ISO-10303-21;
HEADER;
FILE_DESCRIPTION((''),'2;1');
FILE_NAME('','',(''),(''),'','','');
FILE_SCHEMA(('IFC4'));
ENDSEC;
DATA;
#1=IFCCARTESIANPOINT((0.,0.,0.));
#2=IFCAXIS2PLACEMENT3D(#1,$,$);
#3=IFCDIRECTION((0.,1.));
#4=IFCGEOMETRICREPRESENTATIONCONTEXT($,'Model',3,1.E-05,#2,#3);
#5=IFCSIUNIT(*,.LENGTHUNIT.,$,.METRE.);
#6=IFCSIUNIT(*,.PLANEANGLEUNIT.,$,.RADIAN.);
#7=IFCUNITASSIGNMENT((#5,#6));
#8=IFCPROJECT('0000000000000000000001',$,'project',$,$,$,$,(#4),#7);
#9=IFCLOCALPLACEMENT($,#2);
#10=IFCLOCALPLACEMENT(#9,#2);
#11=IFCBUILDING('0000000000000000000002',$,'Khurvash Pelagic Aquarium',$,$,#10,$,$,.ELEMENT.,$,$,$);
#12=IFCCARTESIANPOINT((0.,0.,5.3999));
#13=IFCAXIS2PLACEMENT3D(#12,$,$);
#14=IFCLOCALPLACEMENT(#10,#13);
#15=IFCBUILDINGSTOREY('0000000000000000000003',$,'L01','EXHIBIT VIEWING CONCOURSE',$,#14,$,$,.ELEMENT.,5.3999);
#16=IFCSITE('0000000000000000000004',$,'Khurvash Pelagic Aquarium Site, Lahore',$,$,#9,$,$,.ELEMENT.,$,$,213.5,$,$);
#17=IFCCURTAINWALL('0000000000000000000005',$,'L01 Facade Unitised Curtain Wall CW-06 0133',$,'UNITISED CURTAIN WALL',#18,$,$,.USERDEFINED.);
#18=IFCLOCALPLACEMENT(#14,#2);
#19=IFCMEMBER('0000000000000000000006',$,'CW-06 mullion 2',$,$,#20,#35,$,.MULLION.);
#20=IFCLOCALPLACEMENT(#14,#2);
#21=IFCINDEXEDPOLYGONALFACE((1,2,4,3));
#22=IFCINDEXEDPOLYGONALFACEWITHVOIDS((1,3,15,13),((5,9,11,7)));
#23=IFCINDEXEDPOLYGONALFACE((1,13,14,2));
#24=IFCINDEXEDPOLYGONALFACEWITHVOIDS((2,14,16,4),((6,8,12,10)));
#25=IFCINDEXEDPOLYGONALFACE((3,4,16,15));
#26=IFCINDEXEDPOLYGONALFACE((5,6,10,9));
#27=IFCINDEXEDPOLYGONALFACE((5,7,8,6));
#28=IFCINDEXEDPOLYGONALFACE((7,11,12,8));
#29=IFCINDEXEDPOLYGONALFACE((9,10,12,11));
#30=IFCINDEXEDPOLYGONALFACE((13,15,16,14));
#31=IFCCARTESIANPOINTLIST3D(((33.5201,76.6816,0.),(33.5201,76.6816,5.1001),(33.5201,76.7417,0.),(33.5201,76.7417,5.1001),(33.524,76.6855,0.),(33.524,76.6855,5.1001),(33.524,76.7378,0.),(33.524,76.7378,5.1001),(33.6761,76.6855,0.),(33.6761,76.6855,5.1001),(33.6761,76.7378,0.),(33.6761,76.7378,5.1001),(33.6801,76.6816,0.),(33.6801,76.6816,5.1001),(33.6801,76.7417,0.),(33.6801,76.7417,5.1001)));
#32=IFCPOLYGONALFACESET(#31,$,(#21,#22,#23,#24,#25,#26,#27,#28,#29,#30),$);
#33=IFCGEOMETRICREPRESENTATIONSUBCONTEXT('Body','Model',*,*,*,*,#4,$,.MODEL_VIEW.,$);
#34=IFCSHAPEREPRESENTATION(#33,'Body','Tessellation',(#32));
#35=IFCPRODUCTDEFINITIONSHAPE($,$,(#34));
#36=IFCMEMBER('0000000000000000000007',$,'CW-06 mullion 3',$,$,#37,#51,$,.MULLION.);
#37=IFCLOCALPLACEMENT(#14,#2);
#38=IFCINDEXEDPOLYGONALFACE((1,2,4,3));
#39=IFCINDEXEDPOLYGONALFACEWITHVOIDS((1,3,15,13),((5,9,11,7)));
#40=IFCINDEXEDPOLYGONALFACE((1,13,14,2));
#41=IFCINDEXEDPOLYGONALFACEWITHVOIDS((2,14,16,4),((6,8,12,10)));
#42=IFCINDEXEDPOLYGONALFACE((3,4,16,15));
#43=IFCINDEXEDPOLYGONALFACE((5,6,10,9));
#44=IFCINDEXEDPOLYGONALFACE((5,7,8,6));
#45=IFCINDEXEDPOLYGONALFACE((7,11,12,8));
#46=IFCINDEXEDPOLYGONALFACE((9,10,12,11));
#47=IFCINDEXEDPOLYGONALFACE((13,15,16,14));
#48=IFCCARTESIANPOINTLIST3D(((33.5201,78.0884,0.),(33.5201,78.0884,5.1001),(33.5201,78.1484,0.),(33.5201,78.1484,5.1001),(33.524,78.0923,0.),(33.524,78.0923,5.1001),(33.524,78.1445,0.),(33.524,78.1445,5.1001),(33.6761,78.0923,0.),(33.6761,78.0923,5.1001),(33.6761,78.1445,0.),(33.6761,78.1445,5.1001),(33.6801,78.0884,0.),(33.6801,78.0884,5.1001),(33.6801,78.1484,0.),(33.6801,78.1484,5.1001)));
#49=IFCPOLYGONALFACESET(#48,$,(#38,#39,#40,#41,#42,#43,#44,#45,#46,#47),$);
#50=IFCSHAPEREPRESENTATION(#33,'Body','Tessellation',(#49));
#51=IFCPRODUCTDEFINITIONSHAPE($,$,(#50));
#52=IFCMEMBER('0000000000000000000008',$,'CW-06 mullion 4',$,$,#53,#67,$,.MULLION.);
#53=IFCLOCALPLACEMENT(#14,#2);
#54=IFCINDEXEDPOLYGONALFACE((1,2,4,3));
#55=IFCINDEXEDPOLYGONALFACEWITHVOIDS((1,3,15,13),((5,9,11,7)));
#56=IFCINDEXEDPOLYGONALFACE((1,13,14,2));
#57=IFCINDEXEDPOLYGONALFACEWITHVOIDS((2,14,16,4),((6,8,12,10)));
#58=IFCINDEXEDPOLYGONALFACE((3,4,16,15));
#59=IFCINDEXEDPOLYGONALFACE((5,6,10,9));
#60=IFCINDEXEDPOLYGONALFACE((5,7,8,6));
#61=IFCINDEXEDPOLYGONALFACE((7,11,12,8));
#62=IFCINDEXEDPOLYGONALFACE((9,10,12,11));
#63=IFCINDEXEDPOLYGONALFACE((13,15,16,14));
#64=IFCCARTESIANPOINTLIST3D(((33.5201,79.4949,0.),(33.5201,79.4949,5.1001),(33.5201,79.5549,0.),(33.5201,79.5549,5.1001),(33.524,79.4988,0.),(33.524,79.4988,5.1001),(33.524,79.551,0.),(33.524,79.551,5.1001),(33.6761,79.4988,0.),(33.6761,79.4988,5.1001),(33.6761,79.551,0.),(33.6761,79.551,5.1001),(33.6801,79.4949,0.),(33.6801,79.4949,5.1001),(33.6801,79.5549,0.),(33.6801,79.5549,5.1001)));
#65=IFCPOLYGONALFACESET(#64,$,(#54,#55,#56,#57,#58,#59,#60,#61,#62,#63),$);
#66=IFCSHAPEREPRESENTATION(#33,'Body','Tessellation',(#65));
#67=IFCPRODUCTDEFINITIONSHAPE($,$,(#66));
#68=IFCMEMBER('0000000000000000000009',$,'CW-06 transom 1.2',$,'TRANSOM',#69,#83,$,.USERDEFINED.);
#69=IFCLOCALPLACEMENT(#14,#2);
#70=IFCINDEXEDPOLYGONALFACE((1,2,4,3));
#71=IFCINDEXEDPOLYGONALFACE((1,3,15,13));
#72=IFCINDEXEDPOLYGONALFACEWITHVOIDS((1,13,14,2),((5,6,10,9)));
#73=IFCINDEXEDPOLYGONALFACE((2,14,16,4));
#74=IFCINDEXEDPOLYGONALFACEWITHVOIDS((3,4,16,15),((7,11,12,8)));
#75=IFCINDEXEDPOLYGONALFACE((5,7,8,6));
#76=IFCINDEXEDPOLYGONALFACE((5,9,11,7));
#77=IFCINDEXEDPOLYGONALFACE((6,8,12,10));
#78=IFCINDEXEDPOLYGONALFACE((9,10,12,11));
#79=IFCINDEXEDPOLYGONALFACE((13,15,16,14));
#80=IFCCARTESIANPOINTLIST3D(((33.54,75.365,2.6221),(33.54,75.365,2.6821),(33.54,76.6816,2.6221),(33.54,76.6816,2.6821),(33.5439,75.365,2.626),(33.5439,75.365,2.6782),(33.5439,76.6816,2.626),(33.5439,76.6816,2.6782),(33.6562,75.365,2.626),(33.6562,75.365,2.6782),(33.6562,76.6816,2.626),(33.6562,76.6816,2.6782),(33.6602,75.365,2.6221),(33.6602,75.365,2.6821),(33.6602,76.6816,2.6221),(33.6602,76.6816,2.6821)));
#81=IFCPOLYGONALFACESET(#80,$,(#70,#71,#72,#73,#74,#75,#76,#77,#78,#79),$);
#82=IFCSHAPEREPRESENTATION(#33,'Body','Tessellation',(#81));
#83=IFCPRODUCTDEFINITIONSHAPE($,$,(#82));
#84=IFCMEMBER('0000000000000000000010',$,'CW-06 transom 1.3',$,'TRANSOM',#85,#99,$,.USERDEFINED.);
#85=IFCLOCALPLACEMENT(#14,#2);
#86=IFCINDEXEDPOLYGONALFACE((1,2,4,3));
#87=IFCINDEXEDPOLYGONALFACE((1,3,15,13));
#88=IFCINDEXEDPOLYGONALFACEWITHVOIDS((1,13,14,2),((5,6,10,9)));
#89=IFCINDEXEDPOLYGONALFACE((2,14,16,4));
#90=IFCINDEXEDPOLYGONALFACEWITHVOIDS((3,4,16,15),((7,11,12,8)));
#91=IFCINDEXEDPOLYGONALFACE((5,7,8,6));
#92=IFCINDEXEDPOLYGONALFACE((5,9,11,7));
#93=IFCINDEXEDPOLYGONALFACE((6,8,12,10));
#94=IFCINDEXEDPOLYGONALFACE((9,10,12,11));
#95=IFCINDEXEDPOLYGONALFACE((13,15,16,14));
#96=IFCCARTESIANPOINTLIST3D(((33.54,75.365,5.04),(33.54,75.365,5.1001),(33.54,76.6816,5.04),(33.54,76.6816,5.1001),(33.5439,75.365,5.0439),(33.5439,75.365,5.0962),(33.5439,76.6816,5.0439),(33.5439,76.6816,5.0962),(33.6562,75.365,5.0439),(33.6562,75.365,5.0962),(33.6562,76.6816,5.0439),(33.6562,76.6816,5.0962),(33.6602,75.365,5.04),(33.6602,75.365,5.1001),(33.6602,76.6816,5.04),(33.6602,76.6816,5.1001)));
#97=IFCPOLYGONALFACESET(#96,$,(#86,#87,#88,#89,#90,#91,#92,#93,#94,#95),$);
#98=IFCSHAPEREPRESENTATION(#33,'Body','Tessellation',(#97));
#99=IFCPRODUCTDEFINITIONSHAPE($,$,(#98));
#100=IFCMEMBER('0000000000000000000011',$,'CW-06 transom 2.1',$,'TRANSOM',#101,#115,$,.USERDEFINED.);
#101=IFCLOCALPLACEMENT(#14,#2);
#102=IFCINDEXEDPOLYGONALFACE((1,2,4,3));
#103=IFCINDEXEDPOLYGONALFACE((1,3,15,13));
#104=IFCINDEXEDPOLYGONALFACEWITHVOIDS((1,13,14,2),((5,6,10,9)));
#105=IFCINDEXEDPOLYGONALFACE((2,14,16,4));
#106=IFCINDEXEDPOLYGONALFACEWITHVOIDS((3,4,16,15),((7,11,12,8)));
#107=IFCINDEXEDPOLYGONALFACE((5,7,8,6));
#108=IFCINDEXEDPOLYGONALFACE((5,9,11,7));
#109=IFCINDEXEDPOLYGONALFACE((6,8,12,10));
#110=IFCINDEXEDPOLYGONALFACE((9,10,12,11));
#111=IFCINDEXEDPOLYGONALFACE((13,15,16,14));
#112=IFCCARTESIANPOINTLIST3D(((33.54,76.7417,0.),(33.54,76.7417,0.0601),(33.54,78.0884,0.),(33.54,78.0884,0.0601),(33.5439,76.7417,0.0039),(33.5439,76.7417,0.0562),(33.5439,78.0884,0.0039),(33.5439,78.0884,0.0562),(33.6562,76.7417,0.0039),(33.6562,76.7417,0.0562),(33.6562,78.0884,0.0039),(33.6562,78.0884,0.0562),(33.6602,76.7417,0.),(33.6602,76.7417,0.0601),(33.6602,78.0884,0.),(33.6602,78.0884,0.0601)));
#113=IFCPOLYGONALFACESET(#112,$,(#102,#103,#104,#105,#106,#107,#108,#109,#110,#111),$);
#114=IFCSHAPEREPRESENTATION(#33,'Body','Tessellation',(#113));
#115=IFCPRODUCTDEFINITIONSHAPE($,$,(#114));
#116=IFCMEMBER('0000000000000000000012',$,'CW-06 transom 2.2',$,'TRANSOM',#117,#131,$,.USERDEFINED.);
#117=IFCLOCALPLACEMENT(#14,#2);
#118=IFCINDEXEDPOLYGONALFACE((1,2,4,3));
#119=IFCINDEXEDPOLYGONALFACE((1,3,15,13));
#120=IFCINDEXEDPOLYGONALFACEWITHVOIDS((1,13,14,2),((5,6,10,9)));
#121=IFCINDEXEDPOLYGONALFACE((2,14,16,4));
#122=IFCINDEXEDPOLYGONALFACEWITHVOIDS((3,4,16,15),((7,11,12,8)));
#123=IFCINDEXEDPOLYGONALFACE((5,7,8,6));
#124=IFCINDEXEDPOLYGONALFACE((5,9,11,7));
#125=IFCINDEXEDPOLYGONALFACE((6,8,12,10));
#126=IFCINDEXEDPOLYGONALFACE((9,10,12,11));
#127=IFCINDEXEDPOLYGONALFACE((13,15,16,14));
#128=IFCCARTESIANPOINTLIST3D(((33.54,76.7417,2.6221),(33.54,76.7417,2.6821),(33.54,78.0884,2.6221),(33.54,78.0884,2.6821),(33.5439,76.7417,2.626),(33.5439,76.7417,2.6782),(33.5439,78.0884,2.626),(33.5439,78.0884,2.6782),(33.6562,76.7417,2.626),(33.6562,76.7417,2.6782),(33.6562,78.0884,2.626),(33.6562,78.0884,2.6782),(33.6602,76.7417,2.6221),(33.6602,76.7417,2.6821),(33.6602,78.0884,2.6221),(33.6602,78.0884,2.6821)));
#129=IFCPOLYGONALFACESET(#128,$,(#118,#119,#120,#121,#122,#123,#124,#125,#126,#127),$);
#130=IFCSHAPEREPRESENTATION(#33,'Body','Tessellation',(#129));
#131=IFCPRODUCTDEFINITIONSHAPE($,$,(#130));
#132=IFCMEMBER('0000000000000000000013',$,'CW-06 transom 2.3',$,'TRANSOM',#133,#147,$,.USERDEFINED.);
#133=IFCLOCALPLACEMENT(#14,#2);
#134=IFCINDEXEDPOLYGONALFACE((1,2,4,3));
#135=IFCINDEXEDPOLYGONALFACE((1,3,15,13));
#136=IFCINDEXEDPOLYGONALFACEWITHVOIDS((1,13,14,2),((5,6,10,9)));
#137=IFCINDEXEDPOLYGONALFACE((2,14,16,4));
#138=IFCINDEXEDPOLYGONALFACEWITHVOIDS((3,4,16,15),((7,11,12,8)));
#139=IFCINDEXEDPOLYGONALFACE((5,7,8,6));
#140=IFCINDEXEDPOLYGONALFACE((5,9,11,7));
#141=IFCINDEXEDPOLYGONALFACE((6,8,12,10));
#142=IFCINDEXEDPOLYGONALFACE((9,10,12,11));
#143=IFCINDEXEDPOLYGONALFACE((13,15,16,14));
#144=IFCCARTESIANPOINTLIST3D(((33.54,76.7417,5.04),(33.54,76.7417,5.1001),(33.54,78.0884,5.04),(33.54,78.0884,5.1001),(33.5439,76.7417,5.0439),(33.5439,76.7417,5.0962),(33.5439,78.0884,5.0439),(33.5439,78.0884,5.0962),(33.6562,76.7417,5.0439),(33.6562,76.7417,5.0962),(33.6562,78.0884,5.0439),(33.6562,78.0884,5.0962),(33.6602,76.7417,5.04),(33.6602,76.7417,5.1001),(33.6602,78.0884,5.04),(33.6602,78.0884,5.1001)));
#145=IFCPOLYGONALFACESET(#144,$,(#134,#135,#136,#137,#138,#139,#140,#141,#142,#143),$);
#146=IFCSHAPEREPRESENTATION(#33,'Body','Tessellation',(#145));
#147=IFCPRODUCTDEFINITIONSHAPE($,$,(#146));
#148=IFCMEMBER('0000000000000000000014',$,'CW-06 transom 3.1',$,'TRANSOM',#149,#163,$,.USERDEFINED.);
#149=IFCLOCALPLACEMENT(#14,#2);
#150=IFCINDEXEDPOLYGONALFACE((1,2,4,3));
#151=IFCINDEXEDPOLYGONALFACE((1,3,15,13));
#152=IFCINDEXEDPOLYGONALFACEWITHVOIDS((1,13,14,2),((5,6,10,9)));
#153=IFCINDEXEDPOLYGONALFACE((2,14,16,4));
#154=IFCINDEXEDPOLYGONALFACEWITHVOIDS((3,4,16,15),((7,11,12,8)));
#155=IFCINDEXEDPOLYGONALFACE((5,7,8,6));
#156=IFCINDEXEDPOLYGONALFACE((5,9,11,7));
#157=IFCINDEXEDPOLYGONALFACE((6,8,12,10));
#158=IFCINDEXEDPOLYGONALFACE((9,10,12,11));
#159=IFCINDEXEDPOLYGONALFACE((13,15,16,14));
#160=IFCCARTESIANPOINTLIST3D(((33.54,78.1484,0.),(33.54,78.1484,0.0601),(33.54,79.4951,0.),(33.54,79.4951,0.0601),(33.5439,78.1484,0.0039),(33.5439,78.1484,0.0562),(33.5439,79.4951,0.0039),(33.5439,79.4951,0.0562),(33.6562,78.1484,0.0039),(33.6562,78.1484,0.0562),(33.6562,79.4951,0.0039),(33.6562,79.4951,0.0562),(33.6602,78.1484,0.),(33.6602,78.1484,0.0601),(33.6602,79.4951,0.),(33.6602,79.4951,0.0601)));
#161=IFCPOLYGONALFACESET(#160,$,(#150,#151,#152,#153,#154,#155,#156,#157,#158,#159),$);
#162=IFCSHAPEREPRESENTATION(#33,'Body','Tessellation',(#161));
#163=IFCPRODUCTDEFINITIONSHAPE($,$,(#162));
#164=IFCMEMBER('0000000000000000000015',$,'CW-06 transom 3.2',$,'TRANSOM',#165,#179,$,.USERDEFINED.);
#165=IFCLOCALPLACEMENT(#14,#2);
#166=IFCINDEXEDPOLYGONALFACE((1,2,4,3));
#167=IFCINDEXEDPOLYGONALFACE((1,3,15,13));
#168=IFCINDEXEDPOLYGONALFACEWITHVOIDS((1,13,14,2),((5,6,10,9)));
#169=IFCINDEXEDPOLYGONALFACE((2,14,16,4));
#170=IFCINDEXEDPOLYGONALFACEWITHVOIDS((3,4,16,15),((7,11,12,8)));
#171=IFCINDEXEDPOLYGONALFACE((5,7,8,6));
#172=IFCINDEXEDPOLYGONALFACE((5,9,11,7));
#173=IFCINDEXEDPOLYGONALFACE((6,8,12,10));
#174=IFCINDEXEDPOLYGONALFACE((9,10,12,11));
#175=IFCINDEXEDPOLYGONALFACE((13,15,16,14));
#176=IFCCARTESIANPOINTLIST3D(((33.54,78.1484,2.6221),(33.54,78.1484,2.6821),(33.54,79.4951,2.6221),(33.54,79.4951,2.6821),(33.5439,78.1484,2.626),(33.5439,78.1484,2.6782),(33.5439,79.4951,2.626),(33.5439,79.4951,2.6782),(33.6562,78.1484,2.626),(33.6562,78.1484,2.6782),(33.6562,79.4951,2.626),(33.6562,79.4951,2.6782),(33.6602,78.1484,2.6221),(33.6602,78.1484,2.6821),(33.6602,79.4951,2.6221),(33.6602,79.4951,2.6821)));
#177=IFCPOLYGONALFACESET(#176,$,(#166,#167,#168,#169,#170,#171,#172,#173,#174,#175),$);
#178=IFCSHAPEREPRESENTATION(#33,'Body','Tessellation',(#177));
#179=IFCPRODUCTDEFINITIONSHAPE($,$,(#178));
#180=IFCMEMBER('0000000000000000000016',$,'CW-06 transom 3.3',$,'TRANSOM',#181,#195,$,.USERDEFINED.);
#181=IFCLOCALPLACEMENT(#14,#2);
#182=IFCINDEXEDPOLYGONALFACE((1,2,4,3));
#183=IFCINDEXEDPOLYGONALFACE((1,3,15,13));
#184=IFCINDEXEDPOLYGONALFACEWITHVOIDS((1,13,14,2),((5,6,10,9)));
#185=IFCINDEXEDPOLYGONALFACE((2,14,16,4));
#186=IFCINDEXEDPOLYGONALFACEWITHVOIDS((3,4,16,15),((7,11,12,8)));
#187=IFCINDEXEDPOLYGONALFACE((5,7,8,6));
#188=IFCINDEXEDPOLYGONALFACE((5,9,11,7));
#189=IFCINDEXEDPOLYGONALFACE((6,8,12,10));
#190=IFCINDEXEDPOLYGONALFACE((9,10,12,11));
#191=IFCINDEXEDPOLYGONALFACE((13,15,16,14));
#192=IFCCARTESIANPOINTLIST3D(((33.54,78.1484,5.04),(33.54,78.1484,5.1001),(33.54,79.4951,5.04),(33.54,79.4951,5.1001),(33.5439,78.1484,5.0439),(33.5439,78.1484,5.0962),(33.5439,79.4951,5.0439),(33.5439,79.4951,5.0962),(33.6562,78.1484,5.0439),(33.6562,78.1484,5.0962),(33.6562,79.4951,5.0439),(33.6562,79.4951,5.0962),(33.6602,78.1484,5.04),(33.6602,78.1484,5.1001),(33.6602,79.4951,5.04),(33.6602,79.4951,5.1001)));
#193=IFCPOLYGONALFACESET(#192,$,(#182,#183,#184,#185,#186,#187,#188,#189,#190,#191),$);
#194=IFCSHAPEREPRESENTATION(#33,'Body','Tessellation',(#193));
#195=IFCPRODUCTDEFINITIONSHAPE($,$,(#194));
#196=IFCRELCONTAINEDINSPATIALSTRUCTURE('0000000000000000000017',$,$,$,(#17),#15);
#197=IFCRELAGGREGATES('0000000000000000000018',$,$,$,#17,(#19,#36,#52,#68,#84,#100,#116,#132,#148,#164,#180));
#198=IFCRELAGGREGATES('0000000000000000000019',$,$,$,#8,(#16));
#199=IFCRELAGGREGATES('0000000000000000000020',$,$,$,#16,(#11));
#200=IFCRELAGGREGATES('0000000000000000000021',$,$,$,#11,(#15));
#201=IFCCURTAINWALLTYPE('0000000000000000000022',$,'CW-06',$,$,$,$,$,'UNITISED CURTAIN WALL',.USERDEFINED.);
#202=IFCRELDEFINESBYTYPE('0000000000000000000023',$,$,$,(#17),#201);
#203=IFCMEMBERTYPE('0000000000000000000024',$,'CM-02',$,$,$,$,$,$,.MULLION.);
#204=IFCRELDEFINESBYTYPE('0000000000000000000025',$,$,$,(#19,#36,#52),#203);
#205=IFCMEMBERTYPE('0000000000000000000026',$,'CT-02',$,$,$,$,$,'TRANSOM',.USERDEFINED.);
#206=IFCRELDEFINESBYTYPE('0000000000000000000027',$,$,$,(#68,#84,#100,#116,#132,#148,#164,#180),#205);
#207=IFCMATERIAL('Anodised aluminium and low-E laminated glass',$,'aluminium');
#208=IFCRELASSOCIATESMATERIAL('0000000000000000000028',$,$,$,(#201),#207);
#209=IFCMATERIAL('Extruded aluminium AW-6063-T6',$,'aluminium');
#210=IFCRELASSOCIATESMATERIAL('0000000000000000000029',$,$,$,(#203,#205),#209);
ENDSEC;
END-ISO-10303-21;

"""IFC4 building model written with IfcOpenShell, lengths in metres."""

from ifc_helpers import new_model, si_unit, direction, frame, origin, origin_2d, place, context, subcontext, project, spatial, hollow_rectangle, extrude, material, material_profile, profile_set, type_object, element, aggregate, save


model = new_model("IFC4")

# Units and contexts
model_context = context("Model", 3, precision=1e-05, world=origin(), true_north=direction((0.0, 1.0)))
body_context = subcontext(model_context, "Body", "Model", "MODEL_VIEW")
ifc_project = project(units=[si_unit("LENGTHUNIT", "METRE"), si_unit("PLANEANGLEUNIT", "RADIAN")], contexts=[model_context])

# Site, building, storey
site_placement = place(None, origin())
site = spatial("IfcSite", under=ifc_project, at=site_placement, Name="Khurvash Pelagic Aquarium Site, Lahore", CompositionType="ELEMENT", RefElevation=213.5)
building_placement = place(site_placement, origin())
building = spatial("IfcBuilding", under=site, at=building_placement, Name="Khurvash Pelagic Aquarium", CompositionType="ELEMENT")
storey_placement = place(building_placement, frame((0.0, 0.0, 5.3999)))
storey = spatial("IfcBuildingStorey", under=building, at=storey_placement, Name="L01", Description="EXHIBIT VIEWING CONCOURSE", CompositionType="ELEMENT", Elevation=5.3999)

# Curtain wall, members
ifc_material_1 = material(Name="Anodised aluminium and low-E laminated glass", Category="aluminium")
curtain_wall_type = type_object("IfcCurtainWallType", Name="CW-06", ElementType="UNITISED CURTAIN WALL", PredefinedType="USERDEFINED", material=ifc_material_1)
curtain_wall_placement = place(storey_placement, origin())
curtain_wall = element("IfcCurtainWall", 1, at=curtain_wall_placement, inside=storey, type_object=curtain_wall_type, Name="L01 Facade Unitised Curtain Wall CW-06 0133", ObjectType="UNITISED CURTAIN WALL", PredefinedType="USERDEFINED")
ifc_material_2 = material(Name="Extruded aluminium AW-6063-T6", Category="aluminium")
ifc_material_profile_1 = material_profile(ifc_material_2, hollow_rectangle(XDim=0.0601, YDim=0.1599, WallThickness=0.0039, at=origin_2d()), Name="CWM60X160X4")
ifc_profile_set_1 = profile_set([ifc_material_profile_1], Name="Extruded aluminium AW-6063-T6")
member_type_1 = type_object("IfcMemberType", Name="CM-02", PredefinedType="MULLION", material=ifc_profile_set_1)
member_1_placement = place(storey_placement, frame((33.6001, 76.7117, 0.0), z_axis=(0.0, 0.0, 1.0), x_axis=(0.0, 1.0, 0.0)))
member_1 = element("IfcMember", 2, at=member_1_placement, type_object=member_type_1, Name="CW-06 mullion 2", PredefinedType="MULLION", context=body_context, shape_type="SweptSolid", body=[
    extrude(hollow_rectangle(XDim=0.0601, YDim=0.1599, WallThickness=0.0039, at=origin_2d()), origin(), (0.0, 0.0, 1.0), 5.1001),
])
member_2_placement = place(storey_placement, frame((33.6001, 78.1184, 0.0), z_axis=(0.0, 0.0, 1.0), x_axis=(0.0, 1.0, 0.0)))
member_2 = element("IfcMember", 3, at=member_2_placement, type_object=member_type_1, Name="CW-06 mullion 3", PredefinedType="MULLION", context=body_context, shape_type="SweptSolid", body=[
    extrude(hollow_rectangle(XDim=0.0601, YDim=0.1599, WallThickness=0.0039, at=origin_2d()), origin(), (0.0, 0.0, 1.0), 5.1001),
])
member_3_placement = place(storey_placement, frame((33.6001, 79.5249, 0.0), z_axis=(0.0, 0.0, 1.0), x_axis=(0.0, 1.0, 0.0)))
member_3 = element("IfcMember", 4, at=member_3_placement, type_object=member_type_1, Name="CW-06 mullion 4", PredefinedType="MULLION", context=body_context, shape_type="SweptSolid", body=[
    extrude(hollow_rectangle(XDim=0.0601, YDim=0.1599, WallThickness=0.0039, at=origin_2d()), origin(), (0.0, 0.0, 1.0), 5.1001),
])
ifc_material_profile_2 = material_profile(ifc_material_2, hollow_rectangle(XDim=0.1201, YDim=0.0601, WallThickness=0.0039, at=origin_2d()), Name="CWT120X60X4")
ifc_profile_set_2 = profile_set([ifc_material_profile_2], Name="Extruded aluminium AW-6063-T6")
member_type_2 = type_object("IfcMemberType", Name="CT-02", ElementType="TRANSOM", PredefinedType="USERDEFINED", material=ifc_profile_set_2)
member_4_placement = place(storey_placement, frame((33.6001, 75.365, 2.6521), z_axis=(0.0, 1.0, 0.0), x_axis=(-1.0, 0.0, 0.0)))
member_4 = element("IfcMember", 5, at=member_4_placement, type_object=member_type_2, Name="CW-06 transom 1.2", ObjectType="TRANSOM", PredefinedType="USERDEFINED", context=body_context, shape_type="SweptSolid", body=[
    extrude(hollow_rectangle(XDim=0.1201, YDim=0.0601, WallThickness=0.0039, at=origin_2d()), origin(), (0.0, 0.0, 1.0), 1.3167),
])
member_5_placement = place(storey_placement, frame((33.6001, 75.365, 5.0701), z_axis=(0.0, 1.0, 0.0), x_axis=(-1.0, 0.0, 0.0)))
member_5 = element("IfcMember", 6, at=member_5_placement, type_object=member_type_2, Name="CW-06 transom 1.3", ObjectType="TRANSOM", PredefinedType="USERDEFINED", context=body_context, shape_type="SweptSolid", body=[
    extrude(hollow_rectangle(XDim=0.1201, YDim=0.0601, WallThickness=0.0039, at=origin_2d()), origin(), (0.0, 0.0, 1.0), 1.3167),
])
member_6_placement = place(storey_placement, frame((33.6001, 76.7417, 0.03), z_axis=(0.0, 1.0, 0.0), x_axis=(-1.0, 0.0, 0.0)))
member_6 = element("IfcMember", 7, at=member_6_placement, type_object=member_type_2, Name="CW-06 transom 2.1", ObjectType="TRANSOM", PredefinedType="USERDEFINED", context=body_context, shape_type="SweptSolid", body=[
    extrude(hollow_rectangle(XDim=0.1201, YDim=0.0601, WallThickness=0.0039, at=origin_2d()), origin(), (0.0, 0.0, 1.0), 1.3467),
])
member_7_placement = place(storey_placement, frame((33.6001, 76.7417, 2.6521), z_axis=(0.0, 1.0, 0.0), x_axis=(-1.0, 0.0, 0.0)))
member_7 = element("IfcMember", 8, at=member_7_placement, type_object=member_type_2, Name="CW-06 transom 2.2", ObjectType="TRANSOM", PredefinedType="USERDEFINED", context=body_context, shape_type="SweptSolid", body=[
    extrude(hollow_rectangle(XDim=0.1201, YDim=0.0601, WallThickness=0.0039, at=origin_2d()), origin(), (0.0, 0.0, 1.0), 1.3467),
])
member_8_placement = place(storey_placement, frame((33.6001, 76.7417, 5.0701), z_axis=(0.0, 1.0, 0.0), x_axis=(-1.0, 0.0, 0.0)))
member_8 = element("IfcMember", 9, at=member_8_placement, type_object=member_type_2, Name="CW-06 transom 2.3", ObjectType="TRANSOM", PredefinedType="USERDEFINED", context=body_context, shape_type="SweptSolid", body=[
    extrude(hollow_rectangle(XDim=0.1201, YDim=0.0601, WallThickness=0.0039, at=origin_2d()), origin(), (0.0, 0.0, 1.0), 1.3467),
])
member_9_placement = place(storey_placement, frame((33.6001, 78.1484, 0.03), z_axis=(0.0, 1.0, 0.0), x_axis=(-1.0, 0.0, 0.0)))
member_9 = element("IfcMember", 10, at=member_9_placement, type_object=member_type_2, Name="CW-06 transom 3.1", ObjectType="TRANSOM", PredefinedType="USERDEFINED", context=body_context, shape_type="SweptSolid", body=[
    extrude(hollow_rectangle(XDim=0.1201, YDim=0.0601, WallThickness=0.0039, at=origin_2d()), origin(), (0.0, 0.0, 1.0), 1.3467),
])
member_10_placement = place(storey_placement, frame((33.6001, 78.1484, 2.6521), z_axis=(0.0, 1.0, 0.0), x_axis=(-1.0, 0.0, 0.0)))
member_10 = element("IfcMember", 11, at=member_10_placement, type_object=member_type_2, Name="CW-06 transom 3.2", ObjectType="TRANSOM", PredefinedType="USERDEFINED", context=body_context, shape_type="SweptSolid", body=[
    extrude(hollow_rectangle(XDim=0.1201, YDim=0.0601, WallThickness=0.0039, at=origin_2d()), origin(), (0.0, 0.0, 1.0), 1.3467),
])
member_11_placement = place(storey_placement, frame((33.6001, 78.1484, 5.0701), z_axis=(0.0, 1.0, 0.0), x_axis=(-1.0, 0.0, 0.0)))
member_11 = element("IfcMember", 12, at=member_11_placement, type_object=member_type_2, Name="CW-06 transom 3.3", ObjectType="TRANSOM", PredefinedType="USERDEFINED", context=body_context, shape_type="SweptSolid", body=[
    extrude(hollow_rectangle(XDim=0.1201, YDim=0.0601, WallThickness=0.0039, at=origin_2d()), origin(), (0.0, 0.0, 1.0), 1.3467),
])
aggregate(curtain_wall, [member_1, member_2, member_3, member_4, member_5, member_6, member_7, member_8, member_9, member_10, member_11])

save(model, "model.ifc")
